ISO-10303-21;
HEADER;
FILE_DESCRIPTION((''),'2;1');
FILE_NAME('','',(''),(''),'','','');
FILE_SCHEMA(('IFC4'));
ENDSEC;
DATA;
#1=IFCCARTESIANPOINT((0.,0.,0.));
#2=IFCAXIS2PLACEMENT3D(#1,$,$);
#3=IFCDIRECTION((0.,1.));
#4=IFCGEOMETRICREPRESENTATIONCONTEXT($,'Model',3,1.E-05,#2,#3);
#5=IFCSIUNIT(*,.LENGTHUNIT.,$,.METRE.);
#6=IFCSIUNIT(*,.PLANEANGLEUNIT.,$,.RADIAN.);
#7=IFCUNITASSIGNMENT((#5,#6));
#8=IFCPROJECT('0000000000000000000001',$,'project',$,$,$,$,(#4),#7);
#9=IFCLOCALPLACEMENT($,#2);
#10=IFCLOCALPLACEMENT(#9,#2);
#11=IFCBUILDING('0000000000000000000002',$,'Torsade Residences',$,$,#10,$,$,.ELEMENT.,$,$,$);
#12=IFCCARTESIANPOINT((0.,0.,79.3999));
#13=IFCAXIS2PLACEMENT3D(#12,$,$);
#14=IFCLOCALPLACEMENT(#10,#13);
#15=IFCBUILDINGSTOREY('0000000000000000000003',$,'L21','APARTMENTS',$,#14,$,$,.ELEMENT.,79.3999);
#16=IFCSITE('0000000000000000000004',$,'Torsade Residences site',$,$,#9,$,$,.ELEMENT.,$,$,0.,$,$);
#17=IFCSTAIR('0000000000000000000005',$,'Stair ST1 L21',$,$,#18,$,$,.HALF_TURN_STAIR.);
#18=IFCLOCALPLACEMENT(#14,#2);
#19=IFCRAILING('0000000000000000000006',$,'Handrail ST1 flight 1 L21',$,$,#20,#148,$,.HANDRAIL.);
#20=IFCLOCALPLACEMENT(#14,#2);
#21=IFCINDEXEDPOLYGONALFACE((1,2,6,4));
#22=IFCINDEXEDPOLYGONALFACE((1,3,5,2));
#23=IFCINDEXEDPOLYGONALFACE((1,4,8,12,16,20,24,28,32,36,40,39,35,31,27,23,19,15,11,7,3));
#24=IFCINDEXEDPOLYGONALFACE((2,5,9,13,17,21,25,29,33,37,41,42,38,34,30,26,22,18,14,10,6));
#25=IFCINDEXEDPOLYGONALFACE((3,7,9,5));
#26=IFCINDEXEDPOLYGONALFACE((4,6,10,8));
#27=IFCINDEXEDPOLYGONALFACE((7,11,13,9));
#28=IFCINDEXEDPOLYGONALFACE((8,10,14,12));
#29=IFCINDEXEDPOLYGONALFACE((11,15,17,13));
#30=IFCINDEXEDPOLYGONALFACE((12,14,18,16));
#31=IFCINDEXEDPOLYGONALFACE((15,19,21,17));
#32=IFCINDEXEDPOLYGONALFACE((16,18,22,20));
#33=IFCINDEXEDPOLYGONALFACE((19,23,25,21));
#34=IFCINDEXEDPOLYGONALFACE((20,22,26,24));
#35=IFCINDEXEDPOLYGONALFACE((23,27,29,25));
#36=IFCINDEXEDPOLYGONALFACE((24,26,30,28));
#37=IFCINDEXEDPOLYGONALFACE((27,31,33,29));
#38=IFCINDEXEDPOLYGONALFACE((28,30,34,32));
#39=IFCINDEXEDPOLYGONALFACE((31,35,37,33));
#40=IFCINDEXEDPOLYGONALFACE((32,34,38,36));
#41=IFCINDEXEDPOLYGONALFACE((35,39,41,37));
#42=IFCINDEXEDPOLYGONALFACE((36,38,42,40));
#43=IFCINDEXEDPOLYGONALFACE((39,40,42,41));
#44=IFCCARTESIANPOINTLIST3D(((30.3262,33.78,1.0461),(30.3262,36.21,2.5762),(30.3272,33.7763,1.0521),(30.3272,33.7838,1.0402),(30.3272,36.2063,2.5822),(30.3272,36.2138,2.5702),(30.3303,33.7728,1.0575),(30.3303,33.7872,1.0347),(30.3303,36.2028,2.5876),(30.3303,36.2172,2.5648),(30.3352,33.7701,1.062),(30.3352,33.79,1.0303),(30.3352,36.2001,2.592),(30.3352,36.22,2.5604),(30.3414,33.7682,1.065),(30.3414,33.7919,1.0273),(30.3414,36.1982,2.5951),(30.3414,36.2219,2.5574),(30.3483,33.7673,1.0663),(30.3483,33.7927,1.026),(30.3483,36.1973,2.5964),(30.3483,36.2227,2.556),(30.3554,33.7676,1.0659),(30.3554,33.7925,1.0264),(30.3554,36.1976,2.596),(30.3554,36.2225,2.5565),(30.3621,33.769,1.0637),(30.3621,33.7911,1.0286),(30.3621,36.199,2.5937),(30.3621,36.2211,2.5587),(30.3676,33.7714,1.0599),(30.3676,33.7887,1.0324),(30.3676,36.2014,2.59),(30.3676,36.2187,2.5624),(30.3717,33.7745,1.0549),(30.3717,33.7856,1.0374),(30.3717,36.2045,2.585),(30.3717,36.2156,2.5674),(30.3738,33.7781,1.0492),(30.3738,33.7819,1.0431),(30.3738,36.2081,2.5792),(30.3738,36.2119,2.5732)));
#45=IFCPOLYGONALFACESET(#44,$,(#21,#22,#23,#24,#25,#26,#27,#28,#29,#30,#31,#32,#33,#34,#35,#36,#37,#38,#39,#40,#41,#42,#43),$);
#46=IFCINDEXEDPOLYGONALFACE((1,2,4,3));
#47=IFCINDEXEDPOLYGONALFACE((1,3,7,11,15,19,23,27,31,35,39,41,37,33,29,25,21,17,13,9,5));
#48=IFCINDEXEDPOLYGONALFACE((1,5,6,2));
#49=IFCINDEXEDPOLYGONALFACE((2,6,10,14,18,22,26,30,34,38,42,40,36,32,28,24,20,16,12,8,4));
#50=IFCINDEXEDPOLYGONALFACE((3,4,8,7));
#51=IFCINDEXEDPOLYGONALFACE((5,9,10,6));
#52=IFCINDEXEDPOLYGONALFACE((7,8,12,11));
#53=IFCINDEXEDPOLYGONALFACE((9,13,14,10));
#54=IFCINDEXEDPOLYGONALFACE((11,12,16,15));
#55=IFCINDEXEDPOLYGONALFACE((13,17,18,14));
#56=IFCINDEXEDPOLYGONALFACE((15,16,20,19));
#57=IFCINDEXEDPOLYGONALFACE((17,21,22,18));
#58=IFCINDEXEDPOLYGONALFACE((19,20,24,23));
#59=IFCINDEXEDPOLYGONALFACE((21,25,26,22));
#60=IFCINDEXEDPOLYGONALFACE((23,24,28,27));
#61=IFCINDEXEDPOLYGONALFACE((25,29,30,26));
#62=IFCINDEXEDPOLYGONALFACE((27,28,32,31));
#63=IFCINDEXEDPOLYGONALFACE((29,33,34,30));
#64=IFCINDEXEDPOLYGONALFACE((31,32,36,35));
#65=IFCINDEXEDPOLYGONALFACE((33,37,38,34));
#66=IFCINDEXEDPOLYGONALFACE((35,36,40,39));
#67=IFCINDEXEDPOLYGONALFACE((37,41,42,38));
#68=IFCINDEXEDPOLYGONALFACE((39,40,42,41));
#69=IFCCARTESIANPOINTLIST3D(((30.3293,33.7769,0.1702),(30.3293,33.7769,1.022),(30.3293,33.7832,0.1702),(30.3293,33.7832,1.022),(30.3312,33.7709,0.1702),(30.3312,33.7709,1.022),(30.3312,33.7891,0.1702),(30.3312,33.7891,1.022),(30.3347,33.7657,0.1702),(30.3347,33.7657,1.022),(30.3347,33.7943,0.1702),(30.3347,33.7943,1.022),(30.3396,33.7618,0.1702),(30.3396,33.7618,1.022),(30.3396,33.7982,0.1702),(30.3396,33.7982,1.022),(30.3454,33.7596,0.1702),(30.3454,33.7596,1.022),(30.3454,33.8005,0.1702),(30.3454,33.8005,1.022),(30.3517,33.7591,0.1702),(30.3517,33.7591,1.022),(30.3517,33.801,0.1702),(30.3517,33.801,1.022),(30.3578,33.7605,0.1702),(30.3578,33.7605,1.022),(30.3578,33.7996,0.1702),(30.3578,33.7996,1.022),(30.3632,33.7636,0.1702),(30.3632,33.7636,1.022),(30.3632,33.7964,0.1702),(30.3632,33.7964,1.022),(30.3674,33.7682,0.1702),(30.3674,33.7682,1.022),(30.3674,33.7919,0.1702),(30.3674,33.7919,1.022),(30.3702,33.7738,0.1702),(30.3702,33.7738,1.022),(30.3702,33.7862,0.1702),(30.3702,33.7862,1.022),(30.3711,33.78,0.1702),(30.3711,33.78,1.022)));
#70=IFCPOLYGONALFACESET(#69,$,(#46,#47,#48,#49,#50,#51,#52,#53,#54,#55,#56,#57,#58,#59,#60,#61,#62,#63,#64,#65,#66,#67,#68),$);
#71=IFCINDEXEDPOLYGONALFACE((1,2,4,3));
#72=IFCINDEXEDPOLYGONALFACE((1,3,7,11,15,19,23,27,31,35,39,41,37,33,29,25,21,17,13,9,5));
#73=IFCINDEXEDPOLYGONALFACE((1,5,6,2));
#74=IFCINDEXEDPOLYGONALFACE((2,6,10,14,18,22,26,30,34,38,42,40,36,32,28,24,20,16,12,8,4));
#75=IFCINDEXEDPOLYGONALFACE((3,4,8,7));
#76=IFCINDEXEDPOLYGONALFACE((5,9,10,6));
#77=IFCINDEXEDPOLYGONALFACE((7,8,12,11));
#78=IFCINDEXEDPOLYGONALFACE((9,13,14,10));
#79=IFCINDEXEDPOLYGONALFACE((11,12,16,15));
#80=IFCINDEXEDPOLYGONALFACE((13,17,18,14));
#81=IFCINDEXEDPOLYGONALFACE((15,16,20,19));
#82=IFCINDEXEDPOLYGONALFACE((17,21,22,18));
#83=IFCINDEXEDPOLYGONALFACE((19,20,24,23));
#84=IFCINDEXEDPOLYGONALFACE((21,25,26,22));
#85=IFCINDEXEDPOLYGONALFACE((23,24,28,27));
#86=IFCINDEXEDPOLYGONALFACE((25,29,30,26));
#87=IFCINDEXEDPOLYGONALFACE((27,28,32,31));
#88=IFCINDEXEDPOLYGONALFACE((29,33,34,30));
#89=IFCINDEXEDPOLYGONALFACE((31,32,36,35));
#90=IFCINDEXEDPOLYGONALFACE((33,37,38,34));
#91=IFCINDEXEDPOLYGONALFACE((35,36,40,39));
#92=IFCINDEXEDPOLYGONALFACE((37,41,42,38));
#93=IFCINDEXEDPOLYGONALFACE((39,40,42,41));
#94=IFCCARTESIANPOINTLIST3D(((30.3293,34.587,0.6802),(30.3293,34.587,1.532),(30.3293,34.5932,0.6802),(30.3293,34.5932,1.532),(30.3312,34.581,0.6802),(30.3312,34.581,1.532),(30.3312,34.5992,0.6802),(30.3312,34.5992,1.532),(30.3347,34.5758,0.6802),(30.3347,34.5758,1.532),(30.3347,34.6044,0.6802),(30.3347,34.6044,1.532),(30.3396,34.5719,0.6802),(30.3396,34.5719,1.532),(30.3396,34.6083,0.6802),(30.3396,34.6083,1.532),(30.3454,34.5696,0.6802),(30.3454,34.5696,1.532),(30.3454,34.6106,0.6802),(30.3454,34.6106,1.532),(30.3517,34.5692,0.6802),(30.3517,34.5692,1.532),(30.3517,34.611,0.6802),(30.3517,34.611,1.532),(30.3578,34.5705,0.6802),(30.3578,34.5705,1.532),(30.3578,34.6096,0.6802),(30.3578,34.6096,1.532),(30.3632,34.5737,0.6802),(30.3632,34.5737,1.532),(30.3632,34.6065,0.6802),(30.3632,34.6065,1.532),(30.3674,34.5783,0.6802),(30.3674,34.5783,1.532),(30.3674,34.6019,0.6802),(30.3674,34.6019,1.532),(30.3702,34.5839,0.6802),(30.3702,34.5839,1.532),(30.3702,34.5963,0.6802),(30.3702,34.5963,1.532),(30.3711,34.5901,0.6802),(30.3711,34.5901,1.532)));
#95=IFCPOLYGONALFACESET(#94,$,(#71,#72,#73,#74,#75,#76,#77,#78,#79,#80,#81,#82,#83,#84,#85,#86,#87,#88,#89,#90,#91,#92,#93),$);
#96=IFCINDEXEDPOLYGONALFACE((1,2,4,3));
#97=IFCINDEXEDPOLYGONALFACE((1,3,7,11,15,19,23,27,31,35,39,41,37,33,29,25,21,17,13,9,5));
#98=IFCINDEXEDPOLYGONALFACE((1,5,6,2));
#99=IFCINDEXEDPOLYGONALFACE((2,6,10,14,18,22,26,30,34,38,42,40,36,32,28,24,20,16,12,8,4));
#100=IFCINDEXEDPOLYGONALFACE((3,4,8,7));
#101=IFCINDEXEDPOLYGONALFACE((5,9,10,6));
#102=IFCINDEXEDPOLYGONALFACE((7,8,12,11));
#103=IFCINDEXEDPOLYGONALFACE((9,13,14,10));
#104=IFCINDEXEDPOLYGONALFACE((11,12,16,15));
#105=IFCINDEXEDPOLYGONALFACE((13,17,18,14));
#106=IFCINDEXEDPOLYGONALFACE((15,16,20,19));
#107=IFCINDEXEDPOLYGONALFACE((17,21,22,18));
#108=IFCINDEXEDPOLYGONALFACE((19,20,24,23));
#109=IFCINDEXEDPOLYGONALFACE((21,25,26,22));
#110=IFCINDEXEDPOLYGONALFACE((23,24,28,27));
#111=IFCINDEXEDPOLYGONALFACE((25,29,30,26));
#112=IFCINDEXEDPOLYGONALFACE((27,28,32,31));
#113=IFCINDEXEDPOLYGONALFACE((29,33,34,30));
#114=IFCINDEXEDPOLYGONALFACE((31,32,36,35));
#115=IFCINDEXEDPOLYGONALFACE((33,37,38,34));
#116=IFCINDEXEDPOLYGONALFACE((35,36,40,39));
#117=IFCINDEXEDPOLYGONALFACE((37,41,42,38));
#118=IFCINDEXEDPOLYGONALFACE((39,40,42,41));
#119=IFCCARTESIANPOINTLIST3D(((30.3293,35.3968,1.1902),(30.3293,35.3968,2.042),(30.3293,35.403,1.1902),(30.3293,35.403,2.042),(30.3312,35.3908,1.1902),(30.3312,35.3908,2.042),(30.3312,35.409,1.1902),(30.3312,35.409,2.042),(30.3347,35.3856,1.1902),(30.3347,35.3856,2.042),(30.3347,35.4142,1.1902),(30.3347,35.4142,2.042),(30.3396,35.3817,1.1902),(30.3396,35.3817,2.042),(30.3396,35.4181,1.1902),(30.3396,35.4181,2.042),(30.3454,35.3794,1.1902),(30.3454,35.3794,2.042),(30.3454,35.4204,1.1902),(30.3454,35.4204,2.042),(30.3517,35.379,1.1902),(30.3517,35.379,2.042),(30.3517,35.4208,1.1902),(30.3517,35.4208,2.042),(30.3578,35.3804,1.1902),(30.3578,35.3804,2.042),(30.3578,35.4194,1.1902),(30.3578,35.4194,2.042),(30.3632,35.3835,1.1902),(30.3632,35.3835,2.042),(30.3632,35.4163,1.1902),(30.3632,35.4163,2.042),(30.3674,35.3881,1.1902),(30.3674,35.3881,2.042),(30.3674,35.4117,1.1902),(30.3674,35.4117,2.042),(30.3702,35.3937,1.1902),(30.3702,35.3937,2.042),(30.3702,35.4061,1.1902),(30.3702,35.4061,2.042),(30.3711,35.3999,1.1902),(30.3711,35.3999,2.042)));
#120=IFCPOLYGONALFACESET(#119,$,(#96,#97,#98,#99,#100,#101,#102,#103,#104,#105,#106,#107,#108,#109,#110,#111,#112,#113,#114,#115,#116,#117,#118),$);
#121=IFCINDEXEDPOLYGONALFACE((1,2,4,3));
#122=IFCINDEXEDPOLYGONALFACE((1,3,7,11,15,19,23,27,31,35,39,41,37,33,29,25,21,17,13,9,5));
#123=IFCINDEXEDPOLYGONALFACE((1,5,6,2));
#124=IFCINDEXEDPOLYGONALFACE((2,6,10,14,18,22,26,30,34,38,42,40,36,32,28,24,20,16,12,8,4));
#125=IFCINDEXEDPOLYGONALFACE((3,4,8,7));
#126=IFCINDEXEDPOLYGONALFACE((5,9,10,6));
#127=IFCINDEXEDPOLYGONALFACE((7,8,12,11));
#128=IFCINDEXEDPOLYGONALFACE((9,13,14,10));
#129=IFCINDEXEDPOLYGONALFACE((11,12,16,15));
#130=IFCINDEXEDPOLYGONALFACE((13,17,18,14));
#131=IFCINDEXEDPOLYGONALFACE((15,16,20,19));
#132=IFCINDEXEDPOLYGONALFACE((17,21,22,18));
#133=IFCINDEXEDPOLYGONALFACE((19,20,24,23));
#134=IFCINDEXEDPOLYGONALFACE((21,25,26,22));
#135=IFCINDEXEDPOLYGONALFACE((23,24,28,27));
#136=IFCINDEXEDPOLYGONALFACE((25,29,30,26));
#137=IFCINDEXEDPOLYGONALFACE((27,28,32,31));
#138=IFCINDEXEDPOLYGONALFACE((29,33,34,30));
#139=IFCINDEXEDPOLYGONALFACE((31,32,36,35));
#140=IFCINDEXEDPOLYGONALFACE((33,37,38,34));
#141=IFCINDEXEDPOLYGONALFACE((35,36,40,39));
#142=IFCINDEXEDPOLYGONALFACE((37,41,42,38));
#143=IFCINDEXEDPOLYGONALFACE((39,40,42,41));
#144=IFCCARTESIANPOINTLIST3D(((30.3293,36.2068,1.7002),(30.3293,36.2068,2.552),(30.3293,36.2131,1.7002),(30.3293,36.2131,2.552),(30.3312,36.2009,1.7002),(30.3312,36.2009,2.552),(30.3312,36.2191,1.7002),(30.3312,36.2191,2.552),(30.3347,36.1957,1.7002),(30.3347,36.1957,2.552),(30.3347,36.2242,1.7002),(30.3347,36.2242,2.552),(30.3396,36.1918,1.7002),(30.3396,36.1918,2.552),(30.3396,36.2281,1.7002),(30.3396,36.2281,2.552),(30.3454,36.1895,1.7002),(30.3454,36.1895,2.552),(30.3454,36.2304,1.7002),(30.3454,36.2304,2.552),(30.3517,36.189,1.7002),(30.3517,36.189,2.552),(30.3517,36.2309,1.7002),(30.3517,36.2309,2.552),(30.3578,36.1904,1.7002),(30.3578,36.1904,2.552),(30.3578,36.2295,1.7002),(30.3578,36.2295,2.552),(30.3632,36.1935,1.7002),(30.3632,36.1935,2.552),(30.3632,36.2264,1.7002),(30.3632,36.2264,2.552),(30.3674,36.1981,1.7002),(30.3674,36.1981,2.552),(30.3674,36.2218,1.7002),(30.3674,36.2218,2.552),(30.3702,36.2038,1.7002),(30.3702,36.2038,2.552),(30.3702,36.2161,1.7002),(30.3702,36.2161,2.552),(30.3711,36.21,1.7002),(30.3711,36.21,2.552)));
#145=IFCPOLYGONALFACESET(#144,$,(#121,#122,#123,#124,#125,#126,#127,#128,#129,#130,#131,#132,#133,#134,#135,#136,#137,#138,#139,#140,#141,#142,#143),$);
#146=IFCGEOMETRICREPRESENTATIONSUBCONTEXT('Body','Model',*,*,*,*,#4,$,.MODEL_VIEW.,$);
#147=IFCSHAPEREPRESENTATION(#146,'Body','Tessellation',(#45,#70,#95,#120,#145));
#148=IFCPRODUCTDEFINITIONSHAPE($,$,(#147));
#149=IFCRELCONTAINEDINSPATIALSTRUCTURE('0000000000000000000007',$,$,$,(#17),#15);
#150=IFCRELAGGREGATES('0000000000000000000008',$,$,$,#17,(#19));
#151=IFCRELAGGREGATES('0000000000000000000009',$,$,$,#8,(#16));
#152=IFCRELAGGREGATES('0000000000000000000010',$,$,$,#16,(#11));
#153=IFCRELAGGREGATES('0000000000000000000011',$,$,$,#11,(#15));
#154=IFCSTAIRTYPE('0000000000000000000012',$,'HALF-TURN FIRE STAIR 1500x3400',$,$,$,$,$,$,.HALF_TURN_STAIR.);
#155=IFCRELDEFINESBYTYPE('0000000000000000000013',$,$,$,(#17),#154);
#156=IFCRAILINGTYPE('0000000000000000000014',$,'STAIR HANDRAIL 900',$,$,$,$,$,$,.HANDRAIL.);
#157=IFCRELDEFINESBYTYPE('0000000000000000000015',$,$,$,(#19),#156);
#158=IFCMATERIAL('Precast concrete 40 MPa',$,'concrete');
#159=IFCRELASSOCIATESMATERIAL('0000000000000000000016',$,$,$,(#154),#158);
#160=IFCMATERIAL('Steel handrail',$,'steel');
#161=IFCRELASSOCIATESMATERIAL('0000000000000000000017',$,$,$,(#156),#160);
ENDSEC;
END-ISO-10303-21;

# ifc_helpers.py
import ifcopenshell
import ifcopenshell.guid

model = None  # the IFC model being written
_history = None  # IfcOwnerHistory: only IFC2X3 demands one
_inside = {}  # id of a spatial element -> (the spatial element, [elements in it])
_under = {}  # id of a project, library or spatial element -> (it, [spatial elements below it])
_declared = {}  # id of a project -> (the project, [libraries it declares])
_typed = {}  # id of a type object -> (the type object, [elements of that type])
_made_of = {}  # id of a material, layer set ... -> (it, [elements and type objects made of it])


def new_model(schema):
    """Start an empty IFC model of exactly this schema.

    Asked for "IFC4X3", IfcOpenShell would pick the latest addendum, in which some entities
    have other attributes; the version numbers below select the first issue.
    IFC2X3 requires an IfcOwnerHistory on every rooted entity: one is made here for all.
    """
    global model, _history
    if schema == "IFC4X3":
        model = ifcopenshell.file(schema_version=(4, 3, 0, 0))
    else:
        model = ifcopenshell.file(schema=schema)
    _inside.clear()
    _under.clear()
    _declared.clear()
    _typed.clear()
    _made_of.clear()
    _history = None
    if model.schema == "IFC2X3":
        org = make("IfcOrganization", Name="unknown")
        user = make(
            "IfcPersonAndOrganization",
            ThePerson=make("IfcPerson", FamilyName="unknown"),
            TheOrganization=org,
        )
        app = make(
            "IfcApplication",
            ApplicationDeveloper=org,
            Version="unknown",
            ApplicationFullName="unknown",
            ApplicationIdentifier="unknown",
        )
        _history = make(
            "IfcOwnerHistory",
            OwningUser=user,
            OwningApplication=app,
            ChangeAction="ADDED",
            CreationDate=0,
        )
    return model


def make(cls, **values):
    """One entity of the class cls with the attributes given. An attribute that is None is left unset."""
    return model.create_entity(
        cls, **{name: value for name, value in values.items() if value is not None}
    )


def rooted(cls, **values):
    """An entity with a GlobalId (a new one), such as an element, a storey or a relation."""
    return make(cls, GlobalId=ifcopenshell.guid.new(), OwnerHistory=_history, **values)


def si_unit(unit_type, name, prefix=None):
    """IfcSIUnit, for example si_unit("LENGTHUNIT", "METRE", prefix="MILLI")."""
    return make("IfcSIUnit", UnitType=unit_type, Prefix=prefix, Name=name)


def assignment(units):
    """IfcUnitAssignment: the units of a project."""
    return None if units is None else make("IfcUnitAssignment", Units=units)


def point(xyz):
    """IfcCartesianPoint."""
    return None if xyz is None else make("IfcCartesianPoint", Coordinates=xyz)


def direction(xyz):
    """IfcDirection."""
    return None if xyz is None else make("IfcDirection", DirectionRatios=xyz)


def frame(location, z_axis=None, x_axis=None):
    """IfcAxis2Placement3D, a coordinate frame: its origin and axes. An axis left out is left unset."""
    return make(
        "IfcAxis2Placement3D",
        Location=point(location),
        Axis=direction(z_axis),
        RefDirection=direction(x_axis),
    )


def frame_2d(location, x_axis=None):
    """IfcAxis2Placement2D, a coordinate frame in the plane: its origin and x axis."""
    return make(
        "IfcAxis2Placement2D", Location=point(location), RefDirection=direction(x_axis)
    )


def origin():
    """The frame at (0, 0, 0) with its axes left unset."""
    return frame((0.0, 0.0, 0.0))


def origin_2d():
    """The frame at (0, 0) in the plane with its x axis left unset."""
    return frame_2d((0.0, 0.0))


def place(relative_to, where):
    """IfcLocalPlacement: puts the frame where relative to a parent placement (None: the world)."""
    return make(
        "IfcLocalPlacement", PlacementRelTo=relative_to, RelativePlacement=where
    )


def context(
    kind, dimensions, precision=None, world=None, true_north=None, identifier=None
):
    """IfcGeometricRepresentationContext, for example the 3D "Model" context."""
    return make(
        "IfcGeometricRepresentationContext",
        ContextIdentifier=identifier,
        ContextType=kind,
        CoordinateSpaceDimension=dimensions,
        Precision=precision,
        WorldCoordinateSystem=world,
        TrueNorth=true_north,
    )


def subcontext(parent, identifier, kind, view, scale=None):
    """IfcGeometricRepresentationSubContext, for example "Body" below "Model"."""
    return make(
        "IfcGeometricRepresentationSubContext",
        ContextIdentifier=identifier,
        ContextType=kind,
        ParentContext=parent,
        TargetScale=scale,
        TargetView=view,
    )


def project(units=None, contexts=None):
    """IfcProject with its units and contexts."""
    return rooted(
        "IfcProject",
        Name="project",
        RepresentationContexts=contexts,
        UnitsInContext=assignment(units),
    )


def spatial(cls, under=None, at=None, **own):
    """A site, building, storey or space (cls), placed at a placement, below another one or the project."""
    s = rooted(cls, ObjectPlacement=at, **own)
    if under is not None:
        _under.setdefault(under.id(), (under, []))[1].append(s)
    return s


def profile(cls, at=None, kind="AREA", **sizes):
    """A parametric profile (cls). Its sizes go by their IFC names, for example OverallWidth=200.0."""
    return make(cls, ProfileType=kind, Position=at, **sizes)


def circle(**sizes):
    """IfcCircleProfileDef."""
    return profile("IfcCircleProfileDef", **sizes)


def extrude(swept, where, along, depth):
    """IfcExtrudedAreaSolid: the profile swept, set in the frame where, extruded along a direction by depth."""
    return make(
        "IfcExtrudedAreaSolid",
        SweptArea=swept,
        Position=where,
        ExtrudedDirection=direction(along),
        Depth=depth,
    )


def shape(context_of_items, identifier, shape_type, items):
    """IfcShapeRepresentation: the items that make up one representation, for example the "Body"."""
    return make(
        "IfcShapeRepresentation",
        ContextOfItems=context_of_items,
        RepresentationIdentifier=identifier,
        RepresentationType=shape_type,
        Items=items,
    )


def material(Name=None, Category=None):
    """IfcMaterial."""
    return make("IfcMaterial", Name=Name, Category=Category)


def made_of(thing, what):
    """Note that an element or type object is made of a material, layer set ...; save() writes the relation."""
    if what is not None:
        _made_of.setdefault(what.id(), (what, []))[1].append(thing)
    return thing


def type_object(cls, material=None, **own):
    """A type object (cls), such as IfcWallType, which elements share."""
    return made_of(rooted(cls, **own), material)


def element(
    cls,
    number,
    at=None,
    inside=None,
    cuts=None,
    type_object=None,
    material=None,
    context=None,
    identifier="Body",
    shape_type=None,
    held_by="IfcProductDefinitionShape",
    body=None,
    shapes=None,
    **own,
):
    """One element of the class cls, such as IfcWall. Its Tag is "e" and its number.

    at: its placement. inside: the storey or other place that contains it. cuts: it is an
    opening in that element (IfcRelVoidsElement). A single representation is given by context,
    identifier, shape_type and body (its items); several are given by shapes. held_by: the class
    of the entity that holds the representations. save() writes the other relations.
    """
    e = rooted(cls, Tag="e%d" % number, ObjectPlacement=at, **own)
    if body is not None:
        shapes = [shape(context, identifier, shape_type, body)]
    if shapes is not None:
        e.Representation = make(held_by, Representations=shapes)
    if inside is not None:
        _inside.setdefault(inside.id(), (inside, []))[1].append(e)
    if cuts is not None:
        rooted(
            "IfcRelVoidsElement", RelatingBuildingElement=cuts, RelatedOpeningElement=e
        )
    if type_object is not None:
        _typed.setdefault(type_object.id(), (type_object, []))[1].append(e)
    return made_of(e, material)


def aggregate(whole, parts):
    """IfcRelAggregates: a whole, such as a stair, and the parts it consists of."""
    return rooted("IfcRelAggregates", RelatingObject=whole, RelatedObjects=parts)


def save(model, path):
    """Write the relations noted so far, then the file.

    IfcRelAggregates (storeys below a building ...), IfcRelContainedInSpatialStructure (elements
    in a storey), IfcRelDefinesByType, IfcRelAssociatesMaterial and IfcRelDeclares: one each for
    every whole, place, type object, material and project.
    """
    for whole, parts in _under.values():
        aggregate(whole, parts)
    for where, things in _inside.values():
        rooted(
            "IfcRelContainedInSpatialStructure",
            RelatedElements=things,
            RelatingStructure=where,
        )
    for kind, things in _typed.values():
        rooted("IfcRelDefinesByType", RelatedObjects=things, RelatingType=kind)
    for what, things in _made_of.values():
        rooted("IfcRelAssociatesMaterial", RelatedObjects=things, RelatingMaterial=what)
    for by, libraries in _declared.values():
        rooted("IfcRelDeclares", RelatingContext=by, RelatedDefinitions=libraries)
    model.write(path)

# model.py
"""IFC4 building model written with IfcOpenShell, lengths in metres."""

from ifc_helpers import new_model, si_unit, direction, frame, origin, origin_2d, place, context, subcontext, project, spatial, circle, extrude, material, type_object, element, aggregate, save


model = new_model("IFC4")

# Units and contexts
model_context = context("Model", 3, precision=1e-05, world=origin(), true_north=direction((0.0, 1.0)))
body_context = subcontext(model_context, "Body", "Model", "MODEL_VIEW")
ifc_project = project(units=[si_unit("LENGTHUNIT", "METRE"), si_unit("PLANEANGLEUNIT", "RADIAN")], contexts=[model_context])

# Site, building, storey
site_placement = place(None, origin())
site = spatial("IfcSite", under=ifc_project, at=site_placement, Name="Torsade Residences site", CompositionType="ELEMENT", RefElevation=0.0)
building_placement = place(site_placement, origin())
building = spatial("IfcBuilding", under=site, at=building_placement, Name="Torsade Residences", CompositionType="ELEMENT")
storey_placement = place(building_placement, frame((0.0, 0.0, 79.3999)))
storey = spatial("IfcBuildingStorey", under=building, at=storey_placement, Name="L21", Description="APARTMENTS", CompositionType="ELEMENT", Elevation=79.3999)

# Stair, railing
ifc_material_1 = material(Name="Precast concrete 40 MPa", Category="concrete")
stair_type = type_object("IfcStairType", Name="HALF-TURN FIRE STAIR 1500x3400", PredefinedType="HALF_TURN_STAIR", material=ifc_material_1)
stair_placement = place(storey_placement, origin())
stair = element("IfcStair", 1, at=stair_placement, inside=storey, type_object=stair_type, Name="Stair ST1 L21", PredefinedType="HALF_TURN_STAIR")
ifc_material_2 = material(Name="Steel handrail", Category="steel")
railing_type = type_object("IfcRailingType", Name="STAIR HANDRAIL 900", PredefinedType="HANDRAIL", material=ifc_material_2)
railing_1_placement = place(storey_placement, frame((30.3501, 33.78, 0.1702)))
railing_1 = element("IfcRailing", 2, at=railing_1_placement, type_object=railing_type, Name="Handrail ST1 flight 1 L21", PredefinedType="HANDRAIL", context=body_context, shape_type="SweptSolid", body=[
    extrude(circle(Radius=0.0239, at=origin_2d()), frame((0.0, 0.0, 0.876), z_axis=(0.0, 0.846221, 0.532831), x_axis=(-1.0, 0.0, 0.0)), (0.0, 0.0, 1.0), 2.8716),
    extrude(circle(Radius=0.021, at=origin_2d()), origin(), (0.0, 0.0, 1.0), 0.8518),
    extrude(circle(Radius=0.021, at=origin_2d()), frame((0.0, 0.8101, 0.51)), (0.0, 0.0, 1.0), 0.8518),
    extrude(circle(Radius=0.021, at=origin_2d()), frame((0.0, 1.6199, 1.02)), (0.0, 0.0, 1.0), 0.8518),
    extrude(circle(Radius=0.021, at=origin_2d()), frame((0.0, 2.4299, 1.53)), (0.0, 0.0, 1.0), 0.8518),
])
aggregate(stair, [railing_1])

save(model, "model.ifc")
